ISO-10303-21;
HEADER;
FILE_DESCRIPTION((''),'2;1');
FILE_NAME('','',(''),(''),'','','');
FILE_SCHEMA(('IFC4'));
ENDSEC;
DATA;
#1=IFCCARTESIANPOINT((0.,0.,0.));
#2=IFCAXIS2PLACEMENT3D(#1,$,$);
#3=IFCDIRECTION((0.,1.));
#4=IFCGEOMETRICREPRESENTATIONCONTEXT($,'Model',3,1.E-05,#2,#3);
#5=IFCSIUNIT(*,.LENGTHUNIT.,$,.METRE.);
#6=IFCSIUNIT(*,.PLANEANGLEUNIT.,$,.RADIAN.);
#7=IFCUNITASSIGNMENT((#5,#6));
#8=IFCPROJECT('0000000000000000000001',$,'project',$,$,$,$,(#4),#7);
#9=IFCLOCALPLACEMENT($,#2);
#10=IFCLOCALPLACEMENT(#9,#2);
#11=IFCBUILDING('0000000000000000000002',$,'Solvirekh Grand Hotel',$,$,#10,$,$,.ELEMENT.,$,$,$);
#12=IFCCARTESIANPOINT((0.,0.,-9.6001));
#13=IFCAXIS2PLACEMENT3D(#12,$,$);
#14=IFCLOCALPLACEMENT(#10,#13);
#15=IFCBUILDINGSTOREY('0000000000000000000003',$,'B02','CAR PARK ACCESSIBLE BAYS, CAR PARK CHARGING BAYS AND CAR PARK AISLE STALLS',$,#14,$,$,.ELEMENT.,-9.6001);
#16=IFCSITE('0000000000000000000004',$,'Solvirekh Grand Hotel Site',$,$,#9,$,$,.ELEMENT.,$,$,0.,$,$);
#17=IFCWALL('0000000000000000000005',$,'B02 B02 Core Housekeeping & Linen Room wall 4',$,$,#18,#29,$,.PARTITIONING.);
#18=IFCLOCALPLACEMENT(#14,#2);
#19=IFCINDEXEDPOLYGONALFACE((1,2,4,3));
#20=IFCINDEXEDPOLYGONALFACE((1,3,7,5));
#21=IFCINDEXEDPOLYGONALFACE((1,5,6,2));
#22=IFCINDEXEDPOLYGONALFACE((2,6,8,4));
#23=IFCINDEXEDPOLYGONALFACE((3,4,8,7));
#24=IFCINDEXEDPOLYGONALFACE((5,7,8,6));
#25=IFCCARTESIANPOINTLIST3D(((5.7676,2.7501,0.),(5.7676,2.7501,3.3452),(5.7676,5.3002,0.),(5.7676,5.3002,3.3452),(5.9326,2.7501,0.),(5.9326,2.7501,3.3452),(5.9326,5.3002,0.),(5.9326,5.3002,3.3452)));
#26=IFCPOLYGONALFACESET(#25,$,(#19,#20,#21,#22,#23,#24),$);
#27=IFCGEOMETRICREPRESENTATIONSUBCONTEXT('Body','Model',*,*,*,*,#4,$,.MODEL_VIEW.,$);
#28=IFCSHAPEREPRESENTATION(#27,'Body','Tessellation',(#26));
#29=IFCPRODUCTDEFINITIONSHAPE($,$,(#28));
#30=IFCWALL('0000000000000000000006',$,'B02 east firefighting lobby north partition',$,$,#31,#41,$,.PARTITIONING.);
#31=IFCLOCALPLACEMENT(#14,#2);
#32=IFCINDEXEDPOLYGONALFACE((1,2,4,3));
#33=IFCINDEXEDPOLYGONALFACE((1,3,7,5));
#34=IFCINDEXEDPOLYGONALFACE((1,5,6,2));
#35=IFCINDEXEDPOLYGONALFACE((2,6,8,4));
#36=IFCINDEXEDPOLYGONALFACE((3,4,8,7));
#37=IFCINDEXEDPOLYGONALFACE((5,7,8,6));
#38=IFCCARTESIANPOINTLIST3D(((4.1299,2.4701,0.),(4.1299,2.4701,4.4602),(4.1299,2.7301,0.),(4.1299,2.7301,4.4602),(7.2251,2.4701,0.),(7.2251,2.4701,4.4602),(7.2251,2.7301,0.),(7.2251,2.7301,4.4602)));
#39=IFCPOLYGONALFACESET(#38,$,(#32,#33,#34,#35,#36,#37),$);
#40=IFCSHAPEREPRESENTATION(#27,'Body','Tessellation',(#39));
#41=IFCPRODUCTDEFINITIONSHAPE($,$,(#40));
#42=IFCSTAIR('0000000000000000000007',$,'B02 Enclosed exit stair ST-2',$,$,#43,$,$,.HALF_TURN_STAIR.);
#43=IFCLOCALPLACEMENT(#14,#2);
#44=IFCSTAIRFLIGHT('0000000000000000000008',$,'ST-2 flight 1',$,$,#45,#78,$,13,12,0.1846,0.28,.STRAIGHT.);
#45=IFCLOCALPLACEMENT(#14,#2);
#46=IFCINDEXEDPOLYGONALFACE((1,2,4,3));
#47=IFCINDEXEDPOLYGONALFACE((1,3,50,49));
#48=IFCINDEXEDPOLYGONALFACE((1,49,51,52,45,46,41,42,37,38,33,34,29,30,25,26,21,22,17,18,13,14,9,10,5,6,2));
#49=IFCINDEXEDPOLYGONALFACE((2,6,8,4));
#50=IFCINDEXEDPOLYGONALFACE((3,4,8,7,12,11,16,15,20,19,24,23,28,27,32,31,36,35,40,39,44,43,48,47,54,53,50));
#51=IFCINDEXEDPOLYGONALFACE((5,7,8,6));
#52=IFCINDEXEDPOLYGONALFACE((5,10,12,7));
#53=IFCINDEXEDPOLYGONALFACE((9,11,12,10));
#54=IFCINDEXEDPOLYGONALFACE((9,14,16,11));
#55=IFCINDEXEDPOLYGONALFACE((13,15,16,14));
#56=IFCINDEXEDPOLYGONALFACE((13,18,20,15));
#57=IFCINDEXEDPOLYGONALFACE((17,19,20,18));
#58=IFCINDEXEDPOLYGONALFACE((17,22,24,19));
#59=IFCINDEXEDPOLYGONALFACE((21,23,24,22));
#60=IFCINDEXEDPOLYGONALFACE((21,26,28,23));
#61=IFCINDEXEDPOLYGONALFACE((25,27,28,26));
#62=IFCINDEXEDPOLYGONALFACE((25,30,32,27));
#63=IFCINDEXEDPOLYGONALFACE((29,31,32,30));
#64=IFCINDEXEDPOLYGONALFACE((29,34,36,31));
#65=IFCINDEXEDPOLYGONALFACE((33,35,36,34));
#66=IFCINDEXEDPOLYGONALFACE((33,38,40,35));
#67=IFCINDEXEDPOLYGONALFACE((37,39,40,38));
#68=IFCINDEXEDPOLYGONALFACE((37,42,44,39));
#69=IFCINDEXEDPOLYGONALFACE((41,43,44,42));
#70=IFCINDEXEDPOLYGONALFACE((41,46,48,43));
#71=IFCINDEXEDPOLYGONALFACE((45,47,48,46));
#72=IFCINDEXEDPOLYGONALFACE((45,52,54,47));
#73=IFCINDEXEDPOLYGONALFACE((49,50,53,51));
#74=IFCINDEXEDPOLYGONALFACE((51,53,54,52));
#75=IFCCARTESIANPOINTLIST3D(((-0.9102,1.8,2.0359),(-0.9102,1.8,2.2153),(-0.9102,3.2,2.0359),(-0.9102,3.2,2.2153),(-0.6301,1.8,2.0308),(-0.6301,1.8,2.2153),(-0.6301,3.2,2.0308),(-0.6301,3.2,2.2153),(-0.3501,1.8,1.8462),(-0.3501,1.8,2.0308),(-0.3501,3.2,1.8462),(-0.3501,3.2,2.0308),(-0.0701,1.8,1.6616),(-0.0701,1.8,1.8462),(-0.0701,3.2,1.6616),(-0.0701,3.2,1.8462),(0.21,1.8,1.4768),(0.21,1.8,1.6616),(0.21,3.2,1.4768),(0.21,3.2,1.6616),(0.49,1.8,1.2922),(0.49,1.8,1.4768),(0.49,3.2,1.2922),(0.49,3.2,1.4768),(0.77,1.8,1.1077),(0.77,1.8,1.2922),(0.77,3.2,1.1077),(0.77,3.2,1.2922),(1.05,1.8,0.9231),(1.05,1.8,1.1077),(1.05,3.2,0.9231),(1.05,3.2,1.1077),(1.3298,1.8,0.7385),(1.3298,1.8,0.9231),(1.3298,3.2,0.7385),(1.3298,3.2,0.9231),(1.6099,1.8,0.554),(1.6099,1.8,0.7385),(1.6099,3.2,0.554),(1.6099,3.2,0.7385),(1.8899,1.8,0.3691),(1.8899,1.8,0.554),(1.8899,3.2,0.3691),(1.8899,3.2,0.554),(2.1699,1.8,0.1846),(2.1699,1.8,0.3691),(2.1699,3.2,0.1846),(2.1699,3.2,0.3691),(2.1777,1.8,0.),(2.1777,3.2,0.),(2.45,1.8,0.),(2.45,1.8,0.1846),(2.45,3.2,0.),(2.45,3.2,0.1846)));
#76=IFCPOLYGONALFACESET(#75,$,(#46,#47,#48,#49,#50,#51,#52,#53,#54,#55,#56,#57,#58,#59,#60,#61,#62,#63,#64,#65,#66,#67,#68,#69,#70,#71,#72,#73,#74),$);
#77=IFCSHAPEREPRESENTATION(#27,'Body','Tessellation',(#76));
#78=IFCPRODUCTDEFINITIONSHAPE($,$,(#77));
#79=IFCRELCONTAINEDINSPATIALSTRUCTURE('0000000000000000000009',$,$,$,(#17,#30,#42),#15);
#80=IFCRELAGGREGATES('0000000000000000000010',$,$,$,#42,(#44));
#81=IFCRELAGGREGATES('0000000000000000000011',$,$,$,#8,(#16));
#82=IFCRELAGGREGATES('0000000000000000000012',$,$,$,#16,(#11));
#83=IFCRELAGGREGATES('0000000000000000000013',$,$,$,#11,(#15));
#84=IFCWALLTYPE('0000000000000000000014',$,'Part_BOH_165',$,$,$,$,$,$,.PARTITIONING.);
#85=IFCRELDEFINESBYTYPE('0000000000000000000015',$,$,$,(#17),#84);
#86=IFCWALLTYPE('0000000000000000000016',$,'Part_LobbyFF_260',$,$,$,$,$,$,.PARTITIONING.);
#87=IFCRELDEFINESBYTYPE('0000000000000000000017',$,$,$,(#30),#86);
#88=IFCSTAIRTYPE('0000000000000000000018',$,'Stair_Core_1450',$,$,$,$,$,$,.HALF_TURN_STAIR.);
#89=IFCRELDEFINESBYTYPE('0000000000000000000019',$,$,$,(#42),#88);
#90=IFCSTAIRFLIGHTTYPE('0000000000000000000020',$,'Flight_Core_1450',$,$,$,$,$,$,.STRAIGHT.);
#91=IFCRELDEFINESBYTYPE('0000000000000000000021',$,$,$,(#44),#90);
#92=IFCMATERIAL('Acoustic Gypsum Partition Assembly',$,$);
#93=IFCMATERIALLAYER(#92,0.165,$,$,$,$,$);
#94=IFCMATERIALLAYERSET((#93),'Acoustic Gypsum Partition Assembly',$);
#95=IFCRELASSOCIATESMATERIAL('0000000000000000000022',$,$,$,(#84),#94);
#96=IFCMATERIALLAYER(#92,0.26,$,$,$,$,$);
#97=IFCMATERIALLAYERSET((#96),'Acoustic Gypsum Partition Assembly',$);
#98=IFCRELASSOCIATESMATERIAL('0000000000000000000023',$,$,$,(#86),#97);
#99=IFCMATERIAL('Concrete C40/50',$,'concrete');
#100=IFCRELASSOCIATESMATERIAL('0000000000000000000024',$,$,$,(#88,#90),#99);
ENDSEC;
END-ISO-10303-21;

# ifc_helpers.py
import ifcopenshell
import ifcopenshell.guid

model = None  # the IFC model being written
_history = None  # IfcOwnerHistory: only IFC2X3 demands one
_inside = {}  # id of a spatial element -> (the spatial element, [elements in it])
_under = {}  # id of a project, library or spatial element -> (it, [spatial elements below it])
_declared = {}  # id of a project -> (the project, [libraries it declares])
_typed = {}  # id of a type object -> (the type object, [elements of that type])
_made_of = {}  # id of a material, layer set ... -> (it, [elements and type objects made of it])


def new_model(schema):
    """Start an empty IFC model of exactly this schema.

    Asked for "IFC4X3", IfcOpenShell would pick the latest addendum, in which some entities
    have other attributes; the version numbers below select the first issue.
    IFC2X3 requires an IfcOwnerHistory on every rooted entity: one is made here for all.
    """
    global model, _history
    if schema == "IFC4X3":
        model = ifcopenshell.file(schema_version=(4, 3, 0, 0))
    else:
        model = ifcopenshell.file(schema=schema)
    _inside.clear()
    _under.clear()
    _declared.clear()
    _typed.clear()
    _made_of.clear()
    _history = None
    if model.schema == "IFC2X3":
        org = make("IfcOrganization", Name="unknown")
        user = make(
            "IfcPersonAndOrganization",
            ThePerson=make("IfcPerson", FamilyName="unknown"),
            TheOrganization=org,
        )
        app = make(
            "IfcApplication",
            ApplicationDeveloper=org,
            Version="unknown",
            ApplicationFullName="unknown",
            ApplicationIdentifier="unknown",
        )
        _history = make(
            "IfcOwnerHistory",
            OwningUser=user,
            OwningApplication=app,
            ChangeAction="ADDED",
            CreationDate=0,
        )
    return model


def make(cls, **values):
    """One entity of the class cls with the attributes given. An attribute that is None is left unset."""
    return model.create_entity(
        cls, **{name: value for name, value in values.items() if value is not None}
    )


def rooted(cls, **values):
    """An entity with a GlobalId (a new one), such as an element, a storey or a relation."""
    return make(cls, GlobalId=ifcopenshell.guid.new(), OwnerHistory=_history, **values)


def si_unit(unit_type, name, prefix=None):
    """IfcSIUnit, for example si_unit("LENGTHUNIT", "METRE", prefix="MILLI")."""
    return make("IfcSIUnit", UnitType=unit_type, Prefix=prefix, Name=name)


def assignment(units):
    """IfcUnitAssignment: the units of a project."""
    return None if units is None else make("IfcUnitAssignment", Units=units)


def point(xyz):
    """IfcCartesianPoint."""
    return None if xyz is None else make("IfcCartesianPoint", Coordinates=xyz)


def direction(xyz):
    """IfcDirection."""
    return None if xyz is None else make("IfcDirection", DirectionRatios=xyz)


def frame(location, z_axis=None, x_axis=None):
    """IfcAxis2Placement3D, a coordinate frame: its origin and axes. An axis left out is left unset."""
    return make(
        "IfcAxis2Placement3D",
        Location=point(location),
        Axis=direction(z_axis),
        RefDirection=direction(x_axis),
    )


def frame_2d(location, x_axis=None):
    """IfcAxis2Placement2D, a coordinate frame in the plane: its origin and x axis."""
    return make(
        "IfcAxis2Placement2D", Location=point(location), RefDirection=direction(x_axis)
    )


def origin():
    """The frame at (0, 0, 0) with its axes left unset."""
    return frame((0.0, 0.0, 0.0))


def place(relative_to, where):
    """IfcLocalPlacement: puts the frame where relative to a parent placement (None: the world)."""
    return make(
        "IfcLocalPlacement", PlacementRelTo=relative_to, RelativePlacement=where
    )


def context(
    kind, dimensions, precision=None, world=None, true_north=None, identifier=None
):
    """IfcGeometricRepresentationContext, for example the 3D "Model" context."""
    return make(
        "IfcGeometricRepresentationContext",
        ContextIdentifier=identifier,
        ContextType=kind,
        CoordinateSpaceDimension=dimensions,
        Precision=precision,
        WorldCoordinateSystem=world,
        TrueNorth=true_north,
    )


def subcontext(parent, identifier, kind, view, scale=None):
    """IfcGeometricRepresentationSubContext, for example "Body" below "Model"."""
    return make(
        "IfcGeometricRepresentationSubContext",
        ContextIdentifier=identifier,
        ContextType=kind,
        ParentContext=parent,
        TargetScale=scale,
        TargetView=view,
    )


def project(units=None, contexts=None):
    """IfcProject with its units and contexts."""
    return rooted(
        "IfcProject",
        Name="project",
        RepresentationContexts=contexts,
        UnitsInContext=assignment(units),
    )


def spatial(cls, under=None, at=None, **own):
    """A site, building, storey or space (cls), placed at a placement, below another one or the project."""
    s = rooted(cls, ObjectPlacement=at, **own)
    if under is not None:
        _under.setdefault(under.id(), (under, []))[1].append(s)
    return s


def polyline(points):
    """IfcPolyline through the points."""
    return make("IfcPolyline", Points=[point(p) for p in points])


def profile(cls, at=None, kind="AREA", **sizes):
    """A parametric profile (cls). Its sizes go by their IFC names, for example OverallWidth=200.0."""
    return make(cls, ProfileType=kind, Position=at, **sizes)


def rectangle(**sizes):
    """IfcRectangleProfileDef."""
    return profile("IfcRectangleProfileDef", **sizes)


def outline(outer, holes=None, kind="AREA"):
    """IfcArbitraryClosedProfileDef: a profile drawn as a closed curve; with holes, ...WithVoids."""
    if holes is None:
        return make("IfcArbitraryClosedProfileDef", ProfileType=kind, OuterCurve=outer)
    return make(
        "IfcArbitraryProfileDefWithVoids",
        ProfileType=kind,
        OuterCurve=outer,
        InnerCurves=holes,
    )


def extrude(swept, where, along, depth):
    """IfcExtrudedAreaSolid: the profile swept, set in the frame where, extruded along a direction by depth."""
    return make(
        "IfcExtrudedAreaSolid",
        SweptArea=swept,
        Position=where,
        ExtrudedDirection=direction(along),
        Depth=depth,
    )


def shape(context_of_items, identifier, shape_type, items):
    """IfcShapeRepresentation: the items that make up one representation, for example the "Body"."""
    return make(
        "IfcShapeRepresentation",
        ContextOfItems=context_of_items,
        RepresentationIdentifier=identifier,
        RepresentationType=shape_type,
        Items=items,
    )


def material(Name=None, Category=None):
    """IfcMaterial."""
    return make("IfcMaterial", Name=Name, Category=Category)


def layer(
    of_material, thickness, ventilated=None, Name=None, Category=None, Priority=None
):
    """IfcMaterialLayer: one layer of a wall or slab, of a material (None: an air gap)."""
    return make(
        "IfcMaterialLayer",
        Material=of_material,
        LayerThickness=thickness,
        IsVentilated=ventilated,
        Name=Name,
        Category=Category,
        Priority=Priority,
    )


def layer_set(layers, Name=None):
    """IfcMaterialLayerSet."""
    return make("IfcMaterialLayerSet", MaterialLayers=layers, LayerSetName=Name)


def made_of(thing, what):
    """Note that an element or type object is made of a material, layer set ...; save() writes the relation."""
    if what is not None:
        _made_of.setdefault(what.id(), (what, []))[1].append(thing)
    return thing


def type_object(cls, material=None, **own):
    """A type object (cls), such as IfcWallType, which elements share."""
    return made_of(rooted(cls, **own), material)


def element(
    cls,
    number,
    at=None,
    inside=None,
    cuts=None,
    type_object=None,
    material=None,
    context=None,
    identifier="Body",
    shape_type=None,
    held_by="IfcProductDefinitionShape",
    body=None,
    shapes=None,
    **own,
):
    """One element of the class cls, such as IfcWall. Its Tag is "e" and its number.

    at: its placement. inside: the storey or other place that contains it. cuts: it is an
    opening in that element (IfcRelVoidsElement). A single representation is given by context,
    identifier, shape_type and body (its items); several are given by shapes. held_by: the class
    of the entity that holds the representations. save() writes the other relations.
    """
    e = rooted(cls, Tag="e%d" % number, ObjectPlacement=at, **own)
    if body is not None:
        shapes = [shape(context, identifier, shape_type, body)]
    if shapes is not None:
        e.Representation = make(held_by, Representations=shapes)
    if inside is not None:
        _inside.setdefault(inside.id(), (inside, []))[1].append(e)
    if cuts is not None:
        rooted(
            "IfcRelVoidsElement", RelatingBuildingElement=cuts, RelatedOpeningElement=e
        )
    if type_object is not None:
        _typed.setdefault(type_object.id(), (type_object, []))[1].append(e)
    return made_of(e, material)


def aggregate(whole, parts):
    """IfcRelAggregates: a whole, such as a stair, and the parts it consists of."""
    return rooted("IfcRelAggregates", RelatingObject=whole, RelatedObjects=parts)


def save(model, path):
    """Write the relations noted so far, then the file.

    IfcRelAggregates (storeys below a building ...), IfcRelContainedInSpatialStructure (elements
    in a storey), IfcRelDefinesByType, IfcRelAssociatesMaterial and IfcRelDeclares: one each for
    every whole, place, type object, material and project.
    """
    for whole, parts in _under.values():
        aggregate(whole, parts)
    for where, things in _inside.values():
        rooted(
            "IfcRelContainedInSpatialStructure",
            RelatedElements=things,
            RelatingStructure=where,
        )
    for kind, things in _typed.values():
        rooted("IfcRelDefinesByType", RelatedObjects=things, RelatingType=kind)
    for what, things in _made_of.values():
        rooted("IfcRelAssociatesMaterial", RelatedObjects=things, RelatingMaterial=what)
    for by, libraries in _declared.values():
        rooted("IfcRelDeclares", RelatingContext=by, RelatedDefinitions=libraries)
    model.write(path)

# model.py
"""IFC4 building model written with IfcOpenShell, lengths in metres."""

from ifc_helpers import new_model, si_unit, direction, frame, frame_2d, origin, place, context, subcontext, project, spatial, polyline, rectangle, outline, extrude, material, layer, layer_set, type_object, element, aggregate, save


model = new_model("IFC4")

# Units and contexts
model_context = context("Model", 3, precision=1e-05, world=origin(), true_north=direction((0.0, 1.0)))
body_context = subcontext(model_context, "Body", "Model", "MODEL_VIEW")
ifc_project = project(units=[si_unit("LENGTHUNIT", "METRE"), si_unit("PLANEANGLEUNIT", "RADIAN")], contexts=[model_context])

# Site, building, storey
site_placement = place(None, origin())
site = spatial("IfcSite", under=ifc_project, at=site_placement, Name="Solvirekh Grand Hotel Site", CompositionType="ELEMENT", RefElevation=0.0)
building_placement = place(site_placement, origin())
building = spatial("IfcBuilding", under=site, at=building_placement, Name="Solvirekh Grand Hotel", CompositionType="ELEMENT")
storey_placement = place(building_placement, frame((0.0, 0.0, -9.6001)))
storey = spatial("IfcBuildingStorey", under=building, at=storey_placement, Name="B02", Description="CAR PARK ACCESSIBLE BAYS, CAR PARK CHARGING BAYS AND CAR PARK AISLE STALLS", CompositionType="ELEMENT", Elevation=-9.6001)

# Shared definitions
ifc_material_1 = material(Name="Acoustic Gypsum Partition Assembly")
ifc_layer_1 = layer(ifc_material_1, 0.165)
ifc_layer_set_1 = layer_set([ifc_layer_1], Name="Acoustic Gypsum Partition Assembly")
wall_type_1 = type_object("IfcWallType", Name="Part_BOH_165", PredefinedType="PARTITIONING", material=ifc_layer_set_1)

# Walls
wall_1_placement = place(storey_placement, frame((5.8501, 5.3, 0.0), z_axis=(0.0, 0.0, 1.0), x_axis=(0.0, -1.0, 0.0)))
element("IfcWall", 1, at=wall_1_placement, inside=storey, type_object=wall_type_1, Name="B02 B02 Core Housekeeping & Linen Room wall 4", PredefinedType="PARTITIONING", context=body_context, shape_type="SweptSolid", body=[
    extrude(rectangle(XDim=2.55, YDim=0.165, at=frame_2d((1.2749, 0.0))), origin(), (0.0, 0.0, 1.0), 3.3452),
])
ifc_layer_2 = layer(ifc_material_1, 0.26)
ifc_layer_set_2 = layer_set([ifc_layer_2], Name="Acoustic Gypsum Partition Assembly")
wall_type_2 = type_object("IfcWallType", Name="Part_LobbyFF_260", PredefinedType="PARTITIONING", material=ifc_layer_set_2)
wall_2_placement = place(storey_placement, frame((4.1299, 2.6001, 0.0), z_axis=(0.0, 0.0, 1.0), x_axis=(1.0, 0.0, 0.0)))
element("IfcWall", 2, at=wall_2_placement, inside=storey, type_object=wall_type_2, Name="B02 east firefighting lobby north partition", PredefinedType="PARTITIONING", context=body_context, shape_type="SweptSolid", body=[
    extrude(rectangle(XDim=3.0952, YDim=0.26, at=frame_2d((1.5476, 0.0))), origin(), (0.0, 0.0, 1.0), 4.4602),
])

# Stair, stair flight
ifc_material_2 = material(Name="Concrete C40/50", Category="concrete")
stair_type = type_object("IfcStairType", Name="Stair_Core_1450", PredefinedType="HALF_TURN_STAIR", material=ifc_material_2)
stair_placement = place(storey_placement, origin())
stair = element("IfcStair", 3, at=stair_placement, inside=storey, type_object=stair_type, Name="B02 Enclosed exit stair ST-2", PredefinedType="HALF_TURN_STAIR")
stair_flight_type = type_object("IfcStairFlightType", Name="Flight_Core_1450", PredefinedType="STRAIGHT", material=ifc_material_2)
stair_flight_placement = place(storey_placement, frame((2.45, 2.5, 0.0), z_axis=(0.0, 0.0, 1.0), x_axis=(-1.0, 0.0, 0.0)))
stair_flight = element("IfcStairFlight", 4, at=stair_flight_placement, type_object=stair_flight_type, Name="ST-2 flight 1", NumberOfRisers=13, NumberOfTreads=12, PredefinedType="STRAIGHT", RiserHeight=0.1846, TreadLength=0.28, context=body_context, shape_type="SweptSolid", body=[
    extrude(outline(polyline([(0.0, 0.0), (0.0, 0.1846), (0.28, 0.1846), (0.28, 0.3691), (0.5601, 0.3691), (0.5601, 0.554), (0.8401, 0.554), (0.8401, 0.7385), (1.1201, 0.7385), (1.1201, 0.9231), (1.3999, 0.9231), (1.3999, 1.1077), (1.6799, 1.1077), (1.6799, 1.2922), (1.96, 1.2922), (1.96, 1.4768), (2.24, 1.4768), (2.24, 1.6616), (2.52, 1.6616), (2.52, 1.8462), (2.8, 1.8462), (2.8, 2.0308), (3.0801, 2.0308), (3.0801, 2.2153), (3.3601, 2.2153), (3.3601, 2.3999), (3.3601, 2.0359), (0.2722, 0.0), (0.0, 0.0)])), frame((0.0, 0.7, 0.0), z_axis=(0.0, -1.0, 0.0), x_axis=(1.0, 0.0, 0.0)), (0.0, 0.0, 1.0), 1.3999),
])
aggregate(stair, [stair_flight])

save(model, "model.ifc")
